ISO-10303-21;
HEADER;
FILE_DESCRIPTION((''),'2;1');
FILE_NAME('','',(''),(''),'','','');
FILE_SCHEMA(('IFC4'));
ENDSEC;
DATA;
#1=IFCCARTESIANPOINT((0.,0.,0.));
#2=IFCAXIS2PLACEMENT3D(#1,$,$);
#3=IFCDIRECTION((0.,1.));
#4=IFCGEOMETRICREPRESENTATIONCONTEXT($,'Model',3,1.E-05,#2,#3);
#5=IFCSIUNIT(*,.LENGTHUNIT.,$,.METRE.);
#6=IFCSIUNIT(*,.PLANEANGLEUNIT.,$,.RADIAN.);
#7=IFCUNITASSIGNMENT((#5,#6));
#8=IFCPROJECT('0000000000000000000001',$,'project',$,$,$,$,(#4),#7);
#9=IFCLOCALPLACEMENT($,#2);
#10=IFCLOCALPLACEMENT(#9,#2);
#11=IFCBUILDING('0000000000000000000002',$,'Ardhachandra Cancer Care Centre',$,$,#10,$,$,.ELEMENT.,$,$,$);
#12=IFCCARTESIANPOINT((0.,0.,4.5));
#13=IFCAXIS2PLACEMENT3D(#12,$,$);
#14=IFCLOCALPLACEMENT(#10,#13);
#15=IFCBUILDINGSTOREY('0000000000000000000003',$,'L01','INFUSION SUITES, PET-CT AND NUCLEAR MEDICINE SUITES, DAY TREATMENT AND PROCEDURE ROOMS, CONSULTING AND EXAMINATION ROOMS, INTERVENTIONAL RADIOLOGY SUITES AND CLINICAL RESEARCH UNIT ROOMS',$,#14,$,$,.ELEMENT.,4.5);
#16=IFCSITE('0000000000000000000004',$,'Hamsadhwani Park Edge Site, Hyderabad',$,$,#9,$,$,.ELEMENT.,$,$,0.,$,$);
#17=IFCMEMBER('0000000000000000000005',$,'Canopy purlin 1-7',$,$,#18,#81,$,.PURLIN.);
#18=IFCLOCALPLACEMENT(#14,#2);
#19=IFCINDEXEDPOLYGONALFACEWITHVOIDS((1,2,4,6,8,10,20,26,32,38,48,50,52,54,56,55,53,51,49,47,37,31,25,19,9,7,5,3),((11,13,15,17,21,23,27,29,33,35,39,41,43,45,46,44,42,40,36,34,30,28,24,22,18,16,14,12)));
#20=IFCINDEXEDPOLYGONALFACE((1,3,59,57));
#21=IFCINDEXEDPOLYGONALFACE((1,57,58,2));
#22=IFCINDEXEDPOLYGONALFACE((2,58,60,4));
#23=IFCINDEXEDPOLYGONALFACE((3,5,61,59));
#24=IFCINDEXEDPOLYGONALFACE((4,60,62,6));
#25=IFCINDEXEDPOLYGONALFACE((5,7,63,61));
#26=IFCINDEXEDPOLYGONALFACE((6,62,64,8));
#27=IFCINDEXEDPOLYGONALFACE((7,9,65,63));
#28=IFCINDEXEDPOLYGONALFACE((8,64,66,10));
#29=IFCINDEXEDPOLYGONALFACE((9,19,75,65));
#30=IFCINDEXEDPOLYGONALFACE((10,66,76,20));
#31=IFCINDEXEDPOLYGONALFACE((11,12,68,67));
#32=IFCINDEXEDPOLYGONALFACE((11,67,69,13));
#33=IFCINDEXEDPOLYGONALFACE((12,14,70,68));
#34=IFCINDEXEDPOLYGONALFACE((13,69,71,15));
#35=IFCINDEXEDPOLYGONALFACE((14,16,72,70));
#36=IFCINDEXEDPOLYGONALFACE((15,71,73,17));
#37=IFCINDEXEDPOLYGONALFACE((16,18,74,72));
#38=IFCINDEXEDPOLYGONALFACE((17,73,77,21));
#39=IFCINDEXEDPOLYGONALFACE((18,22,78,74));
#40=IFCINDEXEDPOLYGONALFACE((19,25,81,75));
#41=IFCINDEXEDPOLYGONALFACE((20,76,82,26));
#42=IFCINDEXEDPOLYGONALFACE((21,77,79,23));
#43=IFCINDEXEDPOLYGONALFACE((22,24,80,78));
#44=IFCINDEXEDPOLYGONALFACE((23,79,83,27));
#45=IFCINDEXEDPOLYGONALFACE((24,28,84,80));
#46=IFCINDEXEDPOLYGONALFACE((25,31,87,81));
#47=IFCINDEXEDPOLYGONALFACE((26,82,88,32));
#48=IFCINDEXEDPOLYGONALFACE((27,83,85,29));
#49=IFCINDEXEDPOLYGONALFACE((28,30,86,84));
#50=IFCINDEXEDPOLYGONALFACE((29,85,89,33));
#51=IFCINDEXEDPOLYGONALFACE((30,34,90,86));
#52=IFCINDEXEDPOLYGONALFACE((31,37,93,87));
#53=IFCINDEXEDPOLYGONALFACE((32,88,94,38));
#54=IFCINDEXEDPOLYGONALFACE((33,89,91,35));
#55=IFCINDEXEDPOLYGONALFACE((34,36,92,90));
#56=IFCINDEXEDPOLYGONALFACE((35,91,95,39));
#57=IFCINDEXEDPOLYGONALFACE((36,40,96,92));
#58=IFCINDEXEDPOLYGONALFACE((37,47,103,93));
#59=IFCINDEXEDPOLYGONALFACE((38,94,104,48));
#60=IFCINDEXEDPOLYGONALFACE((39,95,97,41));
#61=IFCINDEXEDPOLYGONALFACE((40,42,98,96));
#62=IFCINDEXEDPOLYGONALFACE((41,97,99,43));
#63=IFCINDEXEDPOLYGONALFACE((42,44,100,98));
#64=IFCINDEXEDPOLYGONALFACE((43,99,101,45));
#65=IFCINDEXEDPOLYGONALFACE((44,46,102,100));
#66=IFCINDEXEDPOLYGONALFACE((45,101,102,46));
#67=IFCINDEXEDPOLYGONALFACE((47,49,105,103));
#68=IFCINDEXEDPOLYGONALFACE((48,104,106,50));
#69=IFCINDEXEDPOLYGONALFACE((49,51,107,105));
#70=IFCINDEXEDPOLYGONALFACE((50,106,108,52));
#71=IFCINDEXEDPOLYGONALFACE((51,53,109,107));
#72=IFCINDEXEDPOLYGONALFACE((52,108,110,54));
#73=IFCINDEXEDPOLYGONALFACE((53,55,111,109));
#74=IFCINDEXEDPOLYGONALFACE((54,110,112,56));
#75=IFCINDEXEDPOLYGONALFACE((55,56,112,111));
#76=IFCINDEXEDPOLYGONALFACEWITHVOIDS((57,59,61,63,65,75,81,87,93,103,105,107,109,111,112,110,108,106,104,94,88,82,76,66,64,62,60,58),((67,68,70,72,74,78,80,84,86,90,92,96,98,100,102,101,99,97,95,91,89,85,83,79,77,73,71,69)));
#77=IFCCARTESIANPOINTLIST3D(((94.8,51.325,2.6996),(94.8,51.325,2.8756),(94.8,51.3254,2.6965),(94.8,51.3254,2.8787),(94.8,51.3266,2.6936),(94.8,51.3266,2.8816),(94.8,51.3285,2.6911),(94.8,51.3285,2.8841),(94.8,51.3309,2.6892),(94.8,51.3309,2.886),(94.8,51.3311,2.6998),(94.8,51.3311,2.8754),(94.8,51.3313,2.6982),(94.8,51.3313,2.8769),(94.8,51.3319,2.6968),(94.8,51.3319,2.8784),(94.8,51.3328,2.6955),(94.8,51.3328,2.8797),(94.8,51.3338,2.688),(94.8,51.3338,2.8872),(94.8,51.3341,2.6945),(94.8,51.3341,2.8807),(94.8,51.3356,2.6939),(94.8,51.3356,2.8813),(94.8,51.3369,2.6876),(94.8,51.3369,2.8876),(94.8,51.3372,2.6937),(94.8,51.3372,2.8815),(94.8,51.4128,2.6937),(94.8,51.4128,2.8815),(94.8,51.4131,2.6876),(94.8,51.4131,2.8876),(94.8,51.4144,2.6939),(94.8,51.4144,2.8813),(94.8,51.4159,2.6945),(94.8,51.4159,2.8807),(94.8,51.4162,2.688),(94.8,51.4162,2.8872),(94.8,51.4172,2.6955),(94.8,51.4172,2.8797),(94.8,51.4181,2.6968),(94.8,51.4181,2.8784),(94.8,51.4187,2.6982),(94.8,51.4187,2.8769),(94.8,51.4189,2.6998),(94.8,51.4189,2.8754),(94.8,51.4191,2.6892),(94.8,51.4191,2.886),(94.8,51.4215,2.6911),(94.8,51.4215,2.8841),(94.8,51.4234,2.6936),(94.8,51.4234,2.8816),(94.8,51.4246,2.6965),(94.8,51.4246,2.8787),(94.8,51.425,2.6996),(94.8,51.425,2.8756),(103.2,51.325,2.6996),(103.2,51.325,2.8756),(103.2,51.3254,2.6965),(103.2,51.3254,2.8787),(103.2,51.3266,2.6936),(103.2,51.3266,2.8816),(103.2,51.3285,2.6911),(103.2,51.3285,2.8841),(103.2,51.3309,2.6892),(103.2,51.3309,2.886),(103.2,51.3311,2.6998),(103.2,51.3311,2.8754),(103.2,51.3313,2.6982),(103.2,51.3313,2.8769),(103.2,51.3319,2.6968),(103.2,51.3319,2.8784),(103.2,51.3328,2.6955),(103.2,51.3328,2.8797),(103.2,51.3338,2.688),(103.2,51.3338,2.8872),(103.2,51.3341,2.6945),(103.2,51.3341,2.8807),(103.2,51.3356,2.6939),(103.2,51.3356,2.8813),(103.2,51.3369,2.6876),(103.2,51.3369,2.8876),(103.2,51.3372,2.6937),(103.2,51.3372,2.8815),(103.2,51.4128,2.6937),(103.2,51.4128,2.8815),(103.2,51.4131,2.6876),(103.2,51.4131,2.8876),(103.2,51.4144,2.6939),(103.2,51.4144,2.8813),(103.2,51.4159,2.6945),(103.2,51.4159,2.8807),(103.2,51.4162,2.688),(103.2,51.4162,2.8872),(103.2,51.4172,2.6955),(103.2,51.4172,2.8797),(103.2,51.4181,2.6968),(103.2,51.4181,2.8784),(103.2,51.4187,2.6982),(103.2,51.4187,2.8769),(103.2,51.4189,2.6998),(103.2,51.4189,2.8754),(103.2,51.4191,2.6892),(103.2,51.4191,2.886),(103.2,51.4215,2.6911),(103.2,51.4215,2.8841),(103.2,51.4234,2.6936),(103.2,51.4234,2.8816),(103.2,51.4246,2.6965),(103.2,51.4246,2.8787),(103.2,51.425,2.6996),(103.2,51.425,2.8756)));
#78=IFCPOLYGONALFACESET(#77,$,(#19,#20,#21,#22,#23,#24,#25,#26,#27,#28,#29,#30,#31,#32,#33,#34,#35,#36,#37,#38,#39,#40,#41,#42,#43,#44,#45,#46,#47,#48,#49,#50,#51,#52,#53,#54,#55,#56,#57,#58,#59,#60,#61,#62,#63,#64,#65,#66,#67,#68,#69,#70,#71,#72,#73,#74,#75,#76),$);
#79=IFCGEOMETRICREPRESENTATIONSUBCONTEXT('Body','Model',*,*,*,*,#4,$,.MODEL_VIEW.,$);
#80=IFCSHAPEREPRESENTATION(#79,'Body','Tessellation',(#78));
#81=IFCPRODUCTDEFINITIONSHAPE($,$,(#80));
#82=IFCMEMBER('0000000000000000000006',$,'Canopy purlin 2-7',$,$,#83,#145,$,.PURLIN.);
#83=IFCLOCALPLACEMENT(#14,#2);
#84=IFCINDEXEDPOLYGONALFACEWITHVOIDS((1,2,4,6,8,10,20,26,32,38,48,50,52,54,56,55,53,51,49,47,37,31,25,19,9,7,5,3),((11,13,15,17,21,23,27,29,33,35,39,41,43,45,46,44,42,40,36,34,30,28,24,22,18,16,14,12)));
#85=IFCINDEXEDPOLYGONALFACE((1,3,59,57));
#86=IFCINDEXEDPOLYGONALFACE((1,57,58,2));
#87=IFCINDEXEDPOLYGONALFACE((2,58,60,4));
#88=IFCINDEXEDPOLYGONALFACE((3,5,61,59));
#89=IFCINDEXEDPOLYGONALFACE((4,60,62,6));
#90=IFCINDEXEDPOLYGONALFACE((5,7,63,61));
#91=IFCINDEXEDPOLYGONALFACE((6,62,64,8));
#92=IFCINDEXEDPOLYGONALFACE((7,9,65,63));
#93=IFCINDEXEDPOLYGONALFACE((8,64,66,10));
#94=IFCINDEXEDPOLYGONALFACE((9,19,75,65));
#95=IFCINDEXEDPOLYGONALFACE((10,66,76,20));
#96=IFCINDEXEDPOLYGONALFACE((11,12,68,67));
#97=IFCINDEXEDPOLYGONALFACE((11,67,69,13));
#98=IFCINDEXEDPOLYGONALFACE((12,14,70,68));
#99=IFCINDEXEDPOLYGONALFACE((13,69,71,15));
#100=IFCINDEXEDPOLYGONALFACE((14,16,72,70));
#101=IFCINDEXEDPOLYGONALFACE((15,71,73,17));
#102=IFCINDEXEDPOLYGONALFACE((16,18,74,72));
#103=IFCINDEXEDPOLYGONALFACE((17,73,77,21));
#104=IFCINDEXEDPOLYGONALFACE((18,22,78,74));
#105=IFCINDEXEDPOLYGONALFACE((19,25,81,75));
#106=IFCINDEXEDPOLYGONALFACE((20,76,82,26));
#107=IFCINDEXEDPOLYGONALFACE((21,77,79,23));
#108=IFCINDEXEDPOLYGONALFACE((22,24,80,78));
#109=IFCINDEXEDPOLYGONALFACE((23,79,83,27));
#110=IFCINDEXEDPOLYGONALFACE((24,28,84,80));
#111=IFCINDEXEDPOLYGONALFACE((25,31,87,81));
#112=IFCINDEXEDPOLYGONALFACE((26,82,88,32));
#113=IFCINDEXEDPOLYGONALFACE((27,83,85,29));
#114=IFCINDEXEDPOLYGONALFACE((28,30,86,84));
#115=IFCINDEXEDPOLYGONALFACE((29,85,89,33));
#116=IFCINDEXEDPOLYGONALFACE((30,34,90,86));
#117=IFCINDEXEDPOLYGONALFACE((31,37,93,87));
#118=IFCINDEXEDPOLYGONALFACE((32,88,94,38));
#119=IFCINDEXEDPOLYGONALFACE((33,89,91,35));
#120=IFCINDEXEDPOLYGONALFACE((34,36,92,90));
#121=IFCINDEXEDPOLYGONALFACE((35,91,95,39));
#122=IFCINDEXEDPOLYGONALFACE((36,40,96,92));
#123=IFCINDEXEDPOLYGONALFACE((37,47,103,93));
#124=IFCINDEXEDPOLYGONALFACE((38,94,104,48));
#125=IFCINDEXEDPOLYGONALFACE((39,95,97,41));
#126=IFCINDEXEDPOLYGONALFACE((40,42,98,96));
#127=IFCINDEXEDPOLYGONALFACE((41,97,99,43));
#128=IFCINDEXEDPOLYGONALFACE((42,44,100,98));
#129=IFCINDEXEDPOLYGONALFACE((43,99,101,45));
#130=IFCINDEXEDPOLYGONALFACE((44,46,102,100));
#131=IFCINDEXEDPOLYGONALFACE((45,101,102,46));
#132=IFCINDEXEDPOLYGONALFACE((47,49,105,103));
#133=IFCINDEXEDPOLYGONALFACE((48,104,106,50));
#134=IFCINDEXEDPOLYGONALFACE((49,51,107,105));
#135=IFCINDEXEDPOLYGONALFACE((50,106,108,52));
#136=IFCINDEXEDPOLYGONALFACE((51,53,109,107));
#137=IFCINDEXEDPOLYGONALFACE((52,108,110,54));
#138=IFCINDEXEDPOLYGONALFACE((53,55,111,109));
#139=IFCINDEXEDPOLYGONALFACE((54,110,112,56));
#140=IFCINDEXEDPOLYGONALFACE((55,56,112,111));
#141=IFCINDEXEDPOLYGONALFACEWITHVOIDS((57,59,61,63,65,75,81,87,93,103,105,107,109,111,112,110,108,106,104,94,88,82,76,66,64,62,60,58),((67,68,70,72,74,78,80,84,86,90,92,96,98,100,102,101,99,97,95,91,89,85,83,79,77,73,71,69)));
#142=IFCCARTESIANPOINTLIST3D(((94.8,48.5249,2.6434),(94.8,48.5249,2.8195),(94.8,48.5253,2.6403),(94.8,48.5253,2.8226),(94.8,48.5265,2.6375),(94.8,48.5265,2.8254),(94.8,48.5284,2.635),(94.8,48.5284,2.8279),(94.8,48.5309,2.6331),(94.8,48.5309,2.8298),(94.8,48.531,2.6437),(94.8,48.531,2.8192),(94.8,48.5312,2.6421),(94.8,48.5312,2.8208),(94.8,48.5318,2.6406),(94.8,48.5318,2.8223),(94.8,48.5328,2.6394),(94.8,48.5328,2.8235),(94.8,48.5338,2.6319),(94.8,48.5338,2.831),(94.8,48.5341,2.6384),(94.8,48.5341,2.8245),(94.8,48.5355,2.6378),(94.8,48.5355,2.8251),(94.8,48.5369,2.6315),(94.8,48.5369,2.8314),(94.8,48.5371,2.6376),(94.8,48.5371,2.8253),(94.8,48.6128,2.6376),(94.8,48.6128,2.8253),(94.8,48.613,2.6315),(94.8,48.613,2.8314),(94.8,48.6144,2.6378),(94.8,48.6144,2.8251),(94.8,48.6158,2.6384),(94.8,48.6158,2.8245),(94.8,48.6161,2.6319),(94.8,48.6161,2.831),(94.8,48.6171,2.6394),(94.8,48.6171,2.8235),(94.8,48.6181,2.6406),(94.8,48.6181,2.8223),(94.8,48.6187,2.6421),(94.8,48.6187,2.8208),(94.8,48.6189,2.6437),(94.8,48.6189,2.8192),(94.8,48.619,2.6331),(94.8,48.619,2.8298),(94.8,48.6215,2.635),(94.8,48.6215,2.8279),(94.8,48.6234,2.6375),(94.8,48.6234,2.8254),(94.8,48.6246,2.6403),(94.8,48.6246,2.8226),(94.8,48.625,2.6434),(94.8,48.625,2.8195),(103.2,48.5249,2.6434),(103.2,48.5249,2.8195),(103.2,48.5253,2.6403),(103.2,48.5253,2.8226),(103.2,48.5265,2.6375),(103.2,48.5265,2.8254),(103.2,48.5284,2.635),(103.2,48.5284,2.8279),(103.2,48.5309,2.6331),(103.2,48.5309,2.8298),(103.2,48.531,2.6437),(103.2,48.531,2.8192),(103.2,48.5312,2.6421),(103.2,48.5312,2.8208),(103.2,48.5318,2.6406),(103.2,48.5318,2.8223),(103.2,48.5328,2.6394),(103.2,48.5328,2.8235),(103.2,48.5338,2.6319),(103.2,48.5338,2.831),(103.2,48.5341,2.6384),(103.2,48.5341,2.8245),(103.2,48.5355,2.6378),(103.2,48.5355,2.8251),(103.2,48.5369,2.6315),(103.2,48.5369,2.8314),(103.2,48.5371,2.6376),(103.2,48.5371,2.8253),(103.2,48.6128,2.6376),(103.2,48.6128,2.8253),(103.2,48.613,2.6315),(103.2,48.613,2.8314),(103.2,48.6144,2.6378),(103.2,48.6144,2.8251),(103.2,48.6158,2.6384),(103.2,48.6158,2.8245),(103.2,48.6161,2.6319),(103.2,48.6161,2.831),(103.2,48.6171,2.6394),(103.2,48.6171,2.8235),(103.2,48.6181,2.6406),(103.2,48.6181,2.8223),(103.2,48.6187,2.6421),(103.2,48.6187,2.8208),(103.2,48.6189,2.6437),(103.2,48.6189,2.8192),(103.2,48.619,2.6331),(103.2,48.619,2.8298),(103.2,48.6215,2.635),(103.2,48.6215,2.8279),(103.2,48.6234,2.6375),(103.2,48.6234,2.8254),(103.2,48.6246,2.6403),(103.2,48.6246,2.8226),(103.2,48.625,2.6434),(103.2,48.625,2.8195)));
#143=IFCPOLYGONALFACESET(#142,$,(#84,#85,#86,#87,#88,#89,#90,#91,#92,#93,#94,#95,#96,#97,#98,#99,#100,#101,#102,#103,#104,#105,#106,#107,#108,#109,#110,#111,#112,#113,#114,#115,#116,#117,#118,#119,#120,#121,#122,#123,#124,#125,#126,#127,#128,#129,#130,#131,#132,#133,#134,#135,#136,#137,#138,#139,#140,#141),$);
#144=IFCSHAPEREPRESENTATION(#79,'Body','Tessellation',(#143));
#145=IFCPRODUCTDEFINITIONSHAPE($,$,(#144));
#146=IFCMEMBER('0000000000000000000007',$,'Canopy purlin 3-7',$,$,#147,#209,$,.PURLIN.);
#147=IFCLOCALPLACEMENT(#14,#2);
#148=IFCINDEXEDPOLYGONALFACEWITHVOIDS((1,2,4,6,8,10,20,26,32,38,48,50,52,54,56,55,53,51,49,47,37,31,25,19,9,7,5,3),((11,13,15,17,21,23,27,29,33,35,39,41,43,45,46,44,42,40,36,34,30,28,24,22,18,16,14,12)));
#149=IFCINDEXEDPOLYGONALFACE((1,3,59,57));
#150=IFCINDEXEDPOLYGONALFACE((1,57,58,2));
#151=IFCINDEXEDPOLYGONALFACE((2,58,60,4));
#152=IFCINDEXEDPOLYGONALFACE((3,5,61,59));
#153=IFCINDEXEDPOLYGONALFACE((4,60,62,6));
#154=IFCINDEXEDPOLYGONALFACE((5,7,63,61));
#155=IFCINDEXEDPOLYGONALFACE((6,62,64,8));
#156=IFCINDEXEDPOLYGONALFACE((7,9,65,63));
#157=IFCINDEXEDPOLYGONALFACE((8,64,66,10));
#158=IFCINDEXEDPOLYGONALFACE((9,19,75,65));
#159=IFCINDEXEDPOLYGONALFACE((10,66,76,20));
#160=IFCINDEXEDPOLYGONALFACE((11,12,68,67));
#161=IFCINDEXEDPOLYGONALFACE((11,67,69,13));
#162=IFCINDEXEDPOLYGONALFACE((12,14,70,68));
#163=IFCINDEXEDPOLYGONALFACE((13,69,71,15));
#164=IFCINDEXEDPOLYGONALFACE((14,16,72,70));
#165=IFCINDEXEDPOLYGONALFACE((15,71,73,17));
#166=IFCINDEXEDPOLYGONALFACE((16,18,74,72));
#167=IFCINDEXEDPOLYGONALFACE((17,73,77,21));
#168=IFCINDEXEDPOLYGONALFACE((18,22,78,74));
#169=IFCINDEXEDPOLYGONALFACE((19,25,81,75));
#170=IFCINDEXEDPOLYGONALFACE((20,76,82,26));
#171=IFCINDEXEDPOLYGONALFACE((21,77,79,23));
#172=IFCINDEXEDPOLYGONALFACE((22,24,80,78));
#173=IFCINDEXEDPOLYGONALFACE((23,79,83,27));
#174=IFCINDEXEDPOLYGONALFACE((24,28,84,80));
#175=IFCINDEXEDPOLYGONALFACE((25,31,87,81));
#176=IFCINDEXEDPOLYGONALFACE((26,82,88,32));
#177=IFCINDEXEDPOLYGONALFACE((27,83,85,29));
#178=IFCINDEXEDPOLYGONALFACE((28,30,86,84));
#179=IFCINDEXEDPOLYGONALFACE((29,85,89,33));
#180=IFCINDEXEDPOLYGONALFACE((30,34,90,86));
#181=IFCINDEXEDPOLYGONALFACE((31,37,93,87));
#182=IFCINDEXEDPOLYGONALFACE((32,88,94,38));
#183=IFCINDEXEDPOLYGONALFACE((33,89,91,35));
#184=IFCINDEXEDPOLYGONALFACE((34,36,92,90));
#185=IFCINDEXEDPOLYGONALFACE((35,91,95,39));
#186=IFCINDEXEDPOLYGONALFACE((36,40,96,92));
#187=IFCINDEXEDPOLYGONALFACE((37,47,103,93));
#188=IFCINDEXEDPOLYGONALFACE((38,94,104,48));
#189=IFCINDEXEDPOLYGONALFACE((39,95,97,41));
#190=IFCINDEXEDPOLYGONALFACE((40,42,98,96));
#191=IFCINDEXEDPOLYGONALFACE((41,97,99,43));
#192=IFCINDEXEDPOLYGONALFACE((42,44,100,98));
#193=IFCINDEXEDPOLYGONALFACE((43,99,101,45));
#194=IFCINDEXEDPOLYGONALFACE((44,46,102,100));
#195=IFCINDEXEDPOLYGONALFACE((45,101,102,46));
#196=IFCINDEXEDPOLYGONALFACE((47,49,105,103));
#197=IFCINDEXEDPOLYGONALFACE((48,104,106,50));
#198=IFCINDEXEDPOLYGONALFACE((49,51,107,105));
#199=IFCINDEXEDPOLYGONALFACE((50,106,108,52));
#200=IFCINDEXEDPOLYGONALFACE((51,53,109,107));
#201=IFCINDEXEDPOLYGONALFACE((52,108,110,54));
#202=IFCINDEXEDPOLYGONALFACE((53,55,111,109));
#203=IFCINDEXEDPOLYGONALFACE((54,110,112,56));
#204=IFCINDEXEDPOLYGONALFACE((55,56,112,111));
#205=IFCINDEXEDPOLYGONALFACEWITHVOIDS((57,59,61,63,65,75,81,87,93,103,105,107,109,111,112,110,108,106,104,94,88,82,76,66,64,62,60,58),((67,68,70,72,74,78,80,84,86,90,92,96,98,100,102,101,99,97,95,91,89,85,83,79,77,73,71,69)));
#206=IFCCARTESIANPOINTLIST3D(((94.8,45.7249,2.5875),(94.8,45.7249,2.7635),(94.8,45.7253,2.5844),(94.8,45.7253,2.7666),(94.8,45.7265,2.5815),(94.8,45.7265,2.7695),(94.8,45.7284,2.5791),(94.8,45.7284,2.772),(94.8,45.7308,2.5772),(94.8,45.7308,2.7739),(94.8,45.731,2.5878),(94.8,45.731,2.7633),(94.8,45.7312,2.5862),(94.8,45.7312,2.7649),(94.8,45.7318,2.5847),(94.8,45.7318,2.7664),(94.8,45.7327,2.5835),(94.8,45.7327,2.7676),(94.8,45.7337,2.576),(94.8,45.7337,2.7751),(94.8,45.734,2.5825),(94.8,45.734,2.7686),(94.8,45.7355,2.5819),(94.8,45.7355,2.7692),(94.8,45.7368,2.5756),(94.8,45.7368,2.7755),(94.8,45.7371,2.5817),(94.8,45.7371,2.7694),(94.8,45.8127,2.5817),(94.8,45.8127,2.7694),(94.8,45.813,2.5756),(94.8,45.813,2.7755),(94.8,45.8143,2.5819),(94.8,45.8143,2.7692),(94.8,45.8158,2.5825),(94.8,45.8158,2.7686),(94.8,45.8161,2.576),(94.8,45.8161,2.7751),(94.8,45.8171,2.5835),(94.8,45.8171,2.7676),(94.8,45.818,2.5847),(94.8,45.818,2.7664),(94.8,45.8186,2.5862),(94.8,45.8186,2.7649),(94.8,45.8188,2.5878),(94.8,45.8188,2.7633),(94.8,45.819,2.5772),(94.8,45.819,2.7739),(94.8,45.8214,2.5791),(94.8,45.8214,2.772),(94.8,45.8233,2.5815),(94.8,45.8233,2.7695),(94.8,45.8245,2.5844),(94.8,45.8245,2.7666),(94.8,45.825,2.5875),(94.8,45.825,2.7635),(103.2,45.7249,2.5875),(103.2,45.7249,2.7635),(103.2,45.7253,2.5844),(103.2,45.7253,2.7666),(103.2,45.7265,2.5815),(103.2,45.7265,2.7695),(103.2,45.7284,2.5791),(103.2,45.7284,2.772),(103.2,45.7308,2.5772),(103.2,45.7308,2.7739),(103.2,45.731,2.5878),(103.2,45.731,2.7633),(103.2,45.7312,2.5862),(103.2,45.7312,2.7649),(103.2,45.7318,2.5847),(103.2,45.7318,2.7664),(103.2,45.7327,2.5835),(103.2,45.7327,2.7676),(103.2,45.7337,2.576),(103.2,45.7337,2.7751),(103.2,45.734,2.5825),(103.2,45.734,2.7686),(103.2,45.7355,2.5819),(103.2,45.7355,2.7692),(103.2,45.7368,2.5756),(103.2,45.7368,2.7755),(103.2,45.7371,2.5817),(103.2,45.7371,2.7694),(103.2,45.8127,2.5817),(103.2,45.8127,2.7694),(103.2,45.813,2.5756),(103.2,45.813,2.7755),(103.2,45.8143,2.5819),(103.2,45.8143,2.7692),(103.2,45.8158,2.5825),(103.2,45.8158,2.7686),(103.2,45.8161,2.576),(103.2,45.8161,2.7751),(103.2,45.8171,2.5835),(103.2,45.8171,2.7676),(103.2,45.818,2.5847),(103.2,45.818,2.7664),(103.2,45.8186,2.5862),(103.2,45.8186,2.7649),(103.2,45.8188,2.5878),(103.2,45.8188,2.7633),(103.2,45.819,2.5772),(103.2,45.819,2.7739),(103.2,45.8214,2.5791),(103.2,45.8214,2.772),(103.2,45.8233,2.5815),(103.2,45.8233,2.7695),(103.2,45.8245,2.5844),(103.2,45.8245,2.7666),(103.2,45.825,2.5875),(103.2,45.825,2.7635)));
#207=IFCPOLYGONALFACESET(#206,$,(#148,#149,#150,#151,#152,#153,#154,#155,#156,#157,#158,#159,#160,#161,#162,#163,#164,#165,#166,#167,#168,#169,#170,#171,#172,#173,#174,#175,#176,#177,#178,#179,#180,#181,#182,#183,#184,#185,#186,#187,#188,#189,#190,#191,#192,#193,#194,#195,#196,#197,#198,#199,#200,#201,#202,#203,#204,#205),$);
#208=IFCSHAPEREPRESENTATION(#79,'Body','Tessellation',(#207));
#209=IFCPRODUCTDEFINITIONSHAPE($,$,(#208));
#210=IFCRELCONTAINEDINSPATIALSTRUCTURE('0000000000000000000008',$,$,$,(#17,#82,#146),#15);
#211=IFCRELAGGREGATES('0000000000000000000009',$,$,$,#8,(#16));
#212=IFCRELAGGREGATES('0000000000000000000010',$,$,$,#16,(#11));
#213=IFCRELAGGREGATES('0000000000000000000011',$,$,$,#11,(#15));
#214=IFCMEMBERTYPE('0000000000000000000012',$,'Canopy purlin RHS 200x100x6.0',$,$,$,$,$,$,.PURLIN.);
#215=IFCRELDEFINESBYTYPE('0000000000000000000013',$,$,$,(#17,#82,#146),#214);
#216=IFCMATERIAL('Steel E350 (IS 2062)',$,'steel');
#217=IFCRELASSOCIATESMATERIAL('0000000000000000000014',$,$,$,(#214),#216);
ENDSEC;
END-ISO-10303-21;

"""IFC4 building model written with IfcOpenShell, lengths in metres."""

from ifc_helpers import new_model, si_unit, direction, frame, origin, origin_2d, place, context, subcontext, project, spatial, hollow_rectangle, extrude, material, material_profile, profile_set, type_object, element, save


model = new_model("IFC4")

# Units and contexts
model_context = context("Model", 3, precision=1e-05, world=origin(), true_north=direction((0.0, 1.0)))
body_context = subcontext(model_context, "Body", "Model", "MODEL_VIEW")
ifc_project = project(units=[si_unit("LENGTHUNIT", "METRE"), si_unit("PLANEANGLEUNIT", "RADIAN")], contexts=[model_context])

# Site, building, storey
site_placement = place(None, origin())
site = spatial("IfcSite", under=ifc_project, at=site_placement, Name="Hamsadhwani Park Edge Site, Hyderabad", CompositionType="ELEMENT", RefElevation=0.0)
building_placement = place(site_placement, origin())
building = spatial("IfcBuilding", under=site, at=building_placement, Name="Ardhachandra Cancer Care Centre", CompositionType="ELEMENT")
storey_placement = place(building_placement, frame((0.0, 0.0, 4.5)))
storey = spatial("IfcBuildingStorey", under=building, at=storey_placement, Name="L01", Description="INFUSION SUITES, PET-CT AND NUCLEAR MEDICINE SUITES, DAY TREATMENT AND PROCEDURE ROOMS, CONSULTING AND EXAMINATION ROOMS, INTERVENTIONAL RADIOLOGY SUITES AND CLINICAL RESEARCH UNIT ROOMS", CompositionType="ELEMENT", Elevation=4.5)

# Members
ifc_material_1 = material(Name="Steel E350 (IS 2062)", Category="steel")
ifc_material_profile_1 = material_profile(ifc_material_1, hollow_rectangle(XDim=0.1001, YDim=0.2, WallThickness=0.0061, InnerFilletRadius=0.0061, OuterFilletRadius=0.012, at=origin_2d()), Name="RHS 200x100x6.0")
ifc_profile_set_1 = profile_set([ifc_material_profile_1], Name="Steel E350 (IS 2062)")
member_type_1 = type_object("IfcMemberType", Name="Canopy purlin RHS 200x100x6.0", PredefinedType="PURLIN", material=ifc_profile_set_1)
for number, where, z_axis, x_axis, name in (
    (1, (94.8, 51.375, 2.7876), (1.0, 0.0, 0.0), (0.0, 1.0, 0.0), "Canopy purlin 1-7"),
    (2, (94.8, 48.575, 2.7314), (1.0, 0.0, 0.0), (0.0, 1.0, 0.0), "Canopy purlin 2-7"),
    (3, (94.8, 45.7749, 2.6755), (1.0, 0.0, 0.0), (0.0, 1.0, 0.0), "Canopy purlin 3-7"),
):
    element("IfcMember", number, at=place(storey_placement, frame(where, z_axis=z_axis, x_axis=x_axis)), inside=storey, type_object=member_type_1, Name=name, PredefinedType="PURLIN", context=body_context, shape_type="SweptSolid", body=[
        extrude(hollow_rectangle(XDim=0.1001, YDim=0.2, WallThickness=0.0061, InnerFilletRadius=0.0061, OuterFilletRadius=0.012, at=origin_2d()), origin(), (0.0, 0.0, 1.0), 8.3999),
    ])

save(model, "model.ifc")
